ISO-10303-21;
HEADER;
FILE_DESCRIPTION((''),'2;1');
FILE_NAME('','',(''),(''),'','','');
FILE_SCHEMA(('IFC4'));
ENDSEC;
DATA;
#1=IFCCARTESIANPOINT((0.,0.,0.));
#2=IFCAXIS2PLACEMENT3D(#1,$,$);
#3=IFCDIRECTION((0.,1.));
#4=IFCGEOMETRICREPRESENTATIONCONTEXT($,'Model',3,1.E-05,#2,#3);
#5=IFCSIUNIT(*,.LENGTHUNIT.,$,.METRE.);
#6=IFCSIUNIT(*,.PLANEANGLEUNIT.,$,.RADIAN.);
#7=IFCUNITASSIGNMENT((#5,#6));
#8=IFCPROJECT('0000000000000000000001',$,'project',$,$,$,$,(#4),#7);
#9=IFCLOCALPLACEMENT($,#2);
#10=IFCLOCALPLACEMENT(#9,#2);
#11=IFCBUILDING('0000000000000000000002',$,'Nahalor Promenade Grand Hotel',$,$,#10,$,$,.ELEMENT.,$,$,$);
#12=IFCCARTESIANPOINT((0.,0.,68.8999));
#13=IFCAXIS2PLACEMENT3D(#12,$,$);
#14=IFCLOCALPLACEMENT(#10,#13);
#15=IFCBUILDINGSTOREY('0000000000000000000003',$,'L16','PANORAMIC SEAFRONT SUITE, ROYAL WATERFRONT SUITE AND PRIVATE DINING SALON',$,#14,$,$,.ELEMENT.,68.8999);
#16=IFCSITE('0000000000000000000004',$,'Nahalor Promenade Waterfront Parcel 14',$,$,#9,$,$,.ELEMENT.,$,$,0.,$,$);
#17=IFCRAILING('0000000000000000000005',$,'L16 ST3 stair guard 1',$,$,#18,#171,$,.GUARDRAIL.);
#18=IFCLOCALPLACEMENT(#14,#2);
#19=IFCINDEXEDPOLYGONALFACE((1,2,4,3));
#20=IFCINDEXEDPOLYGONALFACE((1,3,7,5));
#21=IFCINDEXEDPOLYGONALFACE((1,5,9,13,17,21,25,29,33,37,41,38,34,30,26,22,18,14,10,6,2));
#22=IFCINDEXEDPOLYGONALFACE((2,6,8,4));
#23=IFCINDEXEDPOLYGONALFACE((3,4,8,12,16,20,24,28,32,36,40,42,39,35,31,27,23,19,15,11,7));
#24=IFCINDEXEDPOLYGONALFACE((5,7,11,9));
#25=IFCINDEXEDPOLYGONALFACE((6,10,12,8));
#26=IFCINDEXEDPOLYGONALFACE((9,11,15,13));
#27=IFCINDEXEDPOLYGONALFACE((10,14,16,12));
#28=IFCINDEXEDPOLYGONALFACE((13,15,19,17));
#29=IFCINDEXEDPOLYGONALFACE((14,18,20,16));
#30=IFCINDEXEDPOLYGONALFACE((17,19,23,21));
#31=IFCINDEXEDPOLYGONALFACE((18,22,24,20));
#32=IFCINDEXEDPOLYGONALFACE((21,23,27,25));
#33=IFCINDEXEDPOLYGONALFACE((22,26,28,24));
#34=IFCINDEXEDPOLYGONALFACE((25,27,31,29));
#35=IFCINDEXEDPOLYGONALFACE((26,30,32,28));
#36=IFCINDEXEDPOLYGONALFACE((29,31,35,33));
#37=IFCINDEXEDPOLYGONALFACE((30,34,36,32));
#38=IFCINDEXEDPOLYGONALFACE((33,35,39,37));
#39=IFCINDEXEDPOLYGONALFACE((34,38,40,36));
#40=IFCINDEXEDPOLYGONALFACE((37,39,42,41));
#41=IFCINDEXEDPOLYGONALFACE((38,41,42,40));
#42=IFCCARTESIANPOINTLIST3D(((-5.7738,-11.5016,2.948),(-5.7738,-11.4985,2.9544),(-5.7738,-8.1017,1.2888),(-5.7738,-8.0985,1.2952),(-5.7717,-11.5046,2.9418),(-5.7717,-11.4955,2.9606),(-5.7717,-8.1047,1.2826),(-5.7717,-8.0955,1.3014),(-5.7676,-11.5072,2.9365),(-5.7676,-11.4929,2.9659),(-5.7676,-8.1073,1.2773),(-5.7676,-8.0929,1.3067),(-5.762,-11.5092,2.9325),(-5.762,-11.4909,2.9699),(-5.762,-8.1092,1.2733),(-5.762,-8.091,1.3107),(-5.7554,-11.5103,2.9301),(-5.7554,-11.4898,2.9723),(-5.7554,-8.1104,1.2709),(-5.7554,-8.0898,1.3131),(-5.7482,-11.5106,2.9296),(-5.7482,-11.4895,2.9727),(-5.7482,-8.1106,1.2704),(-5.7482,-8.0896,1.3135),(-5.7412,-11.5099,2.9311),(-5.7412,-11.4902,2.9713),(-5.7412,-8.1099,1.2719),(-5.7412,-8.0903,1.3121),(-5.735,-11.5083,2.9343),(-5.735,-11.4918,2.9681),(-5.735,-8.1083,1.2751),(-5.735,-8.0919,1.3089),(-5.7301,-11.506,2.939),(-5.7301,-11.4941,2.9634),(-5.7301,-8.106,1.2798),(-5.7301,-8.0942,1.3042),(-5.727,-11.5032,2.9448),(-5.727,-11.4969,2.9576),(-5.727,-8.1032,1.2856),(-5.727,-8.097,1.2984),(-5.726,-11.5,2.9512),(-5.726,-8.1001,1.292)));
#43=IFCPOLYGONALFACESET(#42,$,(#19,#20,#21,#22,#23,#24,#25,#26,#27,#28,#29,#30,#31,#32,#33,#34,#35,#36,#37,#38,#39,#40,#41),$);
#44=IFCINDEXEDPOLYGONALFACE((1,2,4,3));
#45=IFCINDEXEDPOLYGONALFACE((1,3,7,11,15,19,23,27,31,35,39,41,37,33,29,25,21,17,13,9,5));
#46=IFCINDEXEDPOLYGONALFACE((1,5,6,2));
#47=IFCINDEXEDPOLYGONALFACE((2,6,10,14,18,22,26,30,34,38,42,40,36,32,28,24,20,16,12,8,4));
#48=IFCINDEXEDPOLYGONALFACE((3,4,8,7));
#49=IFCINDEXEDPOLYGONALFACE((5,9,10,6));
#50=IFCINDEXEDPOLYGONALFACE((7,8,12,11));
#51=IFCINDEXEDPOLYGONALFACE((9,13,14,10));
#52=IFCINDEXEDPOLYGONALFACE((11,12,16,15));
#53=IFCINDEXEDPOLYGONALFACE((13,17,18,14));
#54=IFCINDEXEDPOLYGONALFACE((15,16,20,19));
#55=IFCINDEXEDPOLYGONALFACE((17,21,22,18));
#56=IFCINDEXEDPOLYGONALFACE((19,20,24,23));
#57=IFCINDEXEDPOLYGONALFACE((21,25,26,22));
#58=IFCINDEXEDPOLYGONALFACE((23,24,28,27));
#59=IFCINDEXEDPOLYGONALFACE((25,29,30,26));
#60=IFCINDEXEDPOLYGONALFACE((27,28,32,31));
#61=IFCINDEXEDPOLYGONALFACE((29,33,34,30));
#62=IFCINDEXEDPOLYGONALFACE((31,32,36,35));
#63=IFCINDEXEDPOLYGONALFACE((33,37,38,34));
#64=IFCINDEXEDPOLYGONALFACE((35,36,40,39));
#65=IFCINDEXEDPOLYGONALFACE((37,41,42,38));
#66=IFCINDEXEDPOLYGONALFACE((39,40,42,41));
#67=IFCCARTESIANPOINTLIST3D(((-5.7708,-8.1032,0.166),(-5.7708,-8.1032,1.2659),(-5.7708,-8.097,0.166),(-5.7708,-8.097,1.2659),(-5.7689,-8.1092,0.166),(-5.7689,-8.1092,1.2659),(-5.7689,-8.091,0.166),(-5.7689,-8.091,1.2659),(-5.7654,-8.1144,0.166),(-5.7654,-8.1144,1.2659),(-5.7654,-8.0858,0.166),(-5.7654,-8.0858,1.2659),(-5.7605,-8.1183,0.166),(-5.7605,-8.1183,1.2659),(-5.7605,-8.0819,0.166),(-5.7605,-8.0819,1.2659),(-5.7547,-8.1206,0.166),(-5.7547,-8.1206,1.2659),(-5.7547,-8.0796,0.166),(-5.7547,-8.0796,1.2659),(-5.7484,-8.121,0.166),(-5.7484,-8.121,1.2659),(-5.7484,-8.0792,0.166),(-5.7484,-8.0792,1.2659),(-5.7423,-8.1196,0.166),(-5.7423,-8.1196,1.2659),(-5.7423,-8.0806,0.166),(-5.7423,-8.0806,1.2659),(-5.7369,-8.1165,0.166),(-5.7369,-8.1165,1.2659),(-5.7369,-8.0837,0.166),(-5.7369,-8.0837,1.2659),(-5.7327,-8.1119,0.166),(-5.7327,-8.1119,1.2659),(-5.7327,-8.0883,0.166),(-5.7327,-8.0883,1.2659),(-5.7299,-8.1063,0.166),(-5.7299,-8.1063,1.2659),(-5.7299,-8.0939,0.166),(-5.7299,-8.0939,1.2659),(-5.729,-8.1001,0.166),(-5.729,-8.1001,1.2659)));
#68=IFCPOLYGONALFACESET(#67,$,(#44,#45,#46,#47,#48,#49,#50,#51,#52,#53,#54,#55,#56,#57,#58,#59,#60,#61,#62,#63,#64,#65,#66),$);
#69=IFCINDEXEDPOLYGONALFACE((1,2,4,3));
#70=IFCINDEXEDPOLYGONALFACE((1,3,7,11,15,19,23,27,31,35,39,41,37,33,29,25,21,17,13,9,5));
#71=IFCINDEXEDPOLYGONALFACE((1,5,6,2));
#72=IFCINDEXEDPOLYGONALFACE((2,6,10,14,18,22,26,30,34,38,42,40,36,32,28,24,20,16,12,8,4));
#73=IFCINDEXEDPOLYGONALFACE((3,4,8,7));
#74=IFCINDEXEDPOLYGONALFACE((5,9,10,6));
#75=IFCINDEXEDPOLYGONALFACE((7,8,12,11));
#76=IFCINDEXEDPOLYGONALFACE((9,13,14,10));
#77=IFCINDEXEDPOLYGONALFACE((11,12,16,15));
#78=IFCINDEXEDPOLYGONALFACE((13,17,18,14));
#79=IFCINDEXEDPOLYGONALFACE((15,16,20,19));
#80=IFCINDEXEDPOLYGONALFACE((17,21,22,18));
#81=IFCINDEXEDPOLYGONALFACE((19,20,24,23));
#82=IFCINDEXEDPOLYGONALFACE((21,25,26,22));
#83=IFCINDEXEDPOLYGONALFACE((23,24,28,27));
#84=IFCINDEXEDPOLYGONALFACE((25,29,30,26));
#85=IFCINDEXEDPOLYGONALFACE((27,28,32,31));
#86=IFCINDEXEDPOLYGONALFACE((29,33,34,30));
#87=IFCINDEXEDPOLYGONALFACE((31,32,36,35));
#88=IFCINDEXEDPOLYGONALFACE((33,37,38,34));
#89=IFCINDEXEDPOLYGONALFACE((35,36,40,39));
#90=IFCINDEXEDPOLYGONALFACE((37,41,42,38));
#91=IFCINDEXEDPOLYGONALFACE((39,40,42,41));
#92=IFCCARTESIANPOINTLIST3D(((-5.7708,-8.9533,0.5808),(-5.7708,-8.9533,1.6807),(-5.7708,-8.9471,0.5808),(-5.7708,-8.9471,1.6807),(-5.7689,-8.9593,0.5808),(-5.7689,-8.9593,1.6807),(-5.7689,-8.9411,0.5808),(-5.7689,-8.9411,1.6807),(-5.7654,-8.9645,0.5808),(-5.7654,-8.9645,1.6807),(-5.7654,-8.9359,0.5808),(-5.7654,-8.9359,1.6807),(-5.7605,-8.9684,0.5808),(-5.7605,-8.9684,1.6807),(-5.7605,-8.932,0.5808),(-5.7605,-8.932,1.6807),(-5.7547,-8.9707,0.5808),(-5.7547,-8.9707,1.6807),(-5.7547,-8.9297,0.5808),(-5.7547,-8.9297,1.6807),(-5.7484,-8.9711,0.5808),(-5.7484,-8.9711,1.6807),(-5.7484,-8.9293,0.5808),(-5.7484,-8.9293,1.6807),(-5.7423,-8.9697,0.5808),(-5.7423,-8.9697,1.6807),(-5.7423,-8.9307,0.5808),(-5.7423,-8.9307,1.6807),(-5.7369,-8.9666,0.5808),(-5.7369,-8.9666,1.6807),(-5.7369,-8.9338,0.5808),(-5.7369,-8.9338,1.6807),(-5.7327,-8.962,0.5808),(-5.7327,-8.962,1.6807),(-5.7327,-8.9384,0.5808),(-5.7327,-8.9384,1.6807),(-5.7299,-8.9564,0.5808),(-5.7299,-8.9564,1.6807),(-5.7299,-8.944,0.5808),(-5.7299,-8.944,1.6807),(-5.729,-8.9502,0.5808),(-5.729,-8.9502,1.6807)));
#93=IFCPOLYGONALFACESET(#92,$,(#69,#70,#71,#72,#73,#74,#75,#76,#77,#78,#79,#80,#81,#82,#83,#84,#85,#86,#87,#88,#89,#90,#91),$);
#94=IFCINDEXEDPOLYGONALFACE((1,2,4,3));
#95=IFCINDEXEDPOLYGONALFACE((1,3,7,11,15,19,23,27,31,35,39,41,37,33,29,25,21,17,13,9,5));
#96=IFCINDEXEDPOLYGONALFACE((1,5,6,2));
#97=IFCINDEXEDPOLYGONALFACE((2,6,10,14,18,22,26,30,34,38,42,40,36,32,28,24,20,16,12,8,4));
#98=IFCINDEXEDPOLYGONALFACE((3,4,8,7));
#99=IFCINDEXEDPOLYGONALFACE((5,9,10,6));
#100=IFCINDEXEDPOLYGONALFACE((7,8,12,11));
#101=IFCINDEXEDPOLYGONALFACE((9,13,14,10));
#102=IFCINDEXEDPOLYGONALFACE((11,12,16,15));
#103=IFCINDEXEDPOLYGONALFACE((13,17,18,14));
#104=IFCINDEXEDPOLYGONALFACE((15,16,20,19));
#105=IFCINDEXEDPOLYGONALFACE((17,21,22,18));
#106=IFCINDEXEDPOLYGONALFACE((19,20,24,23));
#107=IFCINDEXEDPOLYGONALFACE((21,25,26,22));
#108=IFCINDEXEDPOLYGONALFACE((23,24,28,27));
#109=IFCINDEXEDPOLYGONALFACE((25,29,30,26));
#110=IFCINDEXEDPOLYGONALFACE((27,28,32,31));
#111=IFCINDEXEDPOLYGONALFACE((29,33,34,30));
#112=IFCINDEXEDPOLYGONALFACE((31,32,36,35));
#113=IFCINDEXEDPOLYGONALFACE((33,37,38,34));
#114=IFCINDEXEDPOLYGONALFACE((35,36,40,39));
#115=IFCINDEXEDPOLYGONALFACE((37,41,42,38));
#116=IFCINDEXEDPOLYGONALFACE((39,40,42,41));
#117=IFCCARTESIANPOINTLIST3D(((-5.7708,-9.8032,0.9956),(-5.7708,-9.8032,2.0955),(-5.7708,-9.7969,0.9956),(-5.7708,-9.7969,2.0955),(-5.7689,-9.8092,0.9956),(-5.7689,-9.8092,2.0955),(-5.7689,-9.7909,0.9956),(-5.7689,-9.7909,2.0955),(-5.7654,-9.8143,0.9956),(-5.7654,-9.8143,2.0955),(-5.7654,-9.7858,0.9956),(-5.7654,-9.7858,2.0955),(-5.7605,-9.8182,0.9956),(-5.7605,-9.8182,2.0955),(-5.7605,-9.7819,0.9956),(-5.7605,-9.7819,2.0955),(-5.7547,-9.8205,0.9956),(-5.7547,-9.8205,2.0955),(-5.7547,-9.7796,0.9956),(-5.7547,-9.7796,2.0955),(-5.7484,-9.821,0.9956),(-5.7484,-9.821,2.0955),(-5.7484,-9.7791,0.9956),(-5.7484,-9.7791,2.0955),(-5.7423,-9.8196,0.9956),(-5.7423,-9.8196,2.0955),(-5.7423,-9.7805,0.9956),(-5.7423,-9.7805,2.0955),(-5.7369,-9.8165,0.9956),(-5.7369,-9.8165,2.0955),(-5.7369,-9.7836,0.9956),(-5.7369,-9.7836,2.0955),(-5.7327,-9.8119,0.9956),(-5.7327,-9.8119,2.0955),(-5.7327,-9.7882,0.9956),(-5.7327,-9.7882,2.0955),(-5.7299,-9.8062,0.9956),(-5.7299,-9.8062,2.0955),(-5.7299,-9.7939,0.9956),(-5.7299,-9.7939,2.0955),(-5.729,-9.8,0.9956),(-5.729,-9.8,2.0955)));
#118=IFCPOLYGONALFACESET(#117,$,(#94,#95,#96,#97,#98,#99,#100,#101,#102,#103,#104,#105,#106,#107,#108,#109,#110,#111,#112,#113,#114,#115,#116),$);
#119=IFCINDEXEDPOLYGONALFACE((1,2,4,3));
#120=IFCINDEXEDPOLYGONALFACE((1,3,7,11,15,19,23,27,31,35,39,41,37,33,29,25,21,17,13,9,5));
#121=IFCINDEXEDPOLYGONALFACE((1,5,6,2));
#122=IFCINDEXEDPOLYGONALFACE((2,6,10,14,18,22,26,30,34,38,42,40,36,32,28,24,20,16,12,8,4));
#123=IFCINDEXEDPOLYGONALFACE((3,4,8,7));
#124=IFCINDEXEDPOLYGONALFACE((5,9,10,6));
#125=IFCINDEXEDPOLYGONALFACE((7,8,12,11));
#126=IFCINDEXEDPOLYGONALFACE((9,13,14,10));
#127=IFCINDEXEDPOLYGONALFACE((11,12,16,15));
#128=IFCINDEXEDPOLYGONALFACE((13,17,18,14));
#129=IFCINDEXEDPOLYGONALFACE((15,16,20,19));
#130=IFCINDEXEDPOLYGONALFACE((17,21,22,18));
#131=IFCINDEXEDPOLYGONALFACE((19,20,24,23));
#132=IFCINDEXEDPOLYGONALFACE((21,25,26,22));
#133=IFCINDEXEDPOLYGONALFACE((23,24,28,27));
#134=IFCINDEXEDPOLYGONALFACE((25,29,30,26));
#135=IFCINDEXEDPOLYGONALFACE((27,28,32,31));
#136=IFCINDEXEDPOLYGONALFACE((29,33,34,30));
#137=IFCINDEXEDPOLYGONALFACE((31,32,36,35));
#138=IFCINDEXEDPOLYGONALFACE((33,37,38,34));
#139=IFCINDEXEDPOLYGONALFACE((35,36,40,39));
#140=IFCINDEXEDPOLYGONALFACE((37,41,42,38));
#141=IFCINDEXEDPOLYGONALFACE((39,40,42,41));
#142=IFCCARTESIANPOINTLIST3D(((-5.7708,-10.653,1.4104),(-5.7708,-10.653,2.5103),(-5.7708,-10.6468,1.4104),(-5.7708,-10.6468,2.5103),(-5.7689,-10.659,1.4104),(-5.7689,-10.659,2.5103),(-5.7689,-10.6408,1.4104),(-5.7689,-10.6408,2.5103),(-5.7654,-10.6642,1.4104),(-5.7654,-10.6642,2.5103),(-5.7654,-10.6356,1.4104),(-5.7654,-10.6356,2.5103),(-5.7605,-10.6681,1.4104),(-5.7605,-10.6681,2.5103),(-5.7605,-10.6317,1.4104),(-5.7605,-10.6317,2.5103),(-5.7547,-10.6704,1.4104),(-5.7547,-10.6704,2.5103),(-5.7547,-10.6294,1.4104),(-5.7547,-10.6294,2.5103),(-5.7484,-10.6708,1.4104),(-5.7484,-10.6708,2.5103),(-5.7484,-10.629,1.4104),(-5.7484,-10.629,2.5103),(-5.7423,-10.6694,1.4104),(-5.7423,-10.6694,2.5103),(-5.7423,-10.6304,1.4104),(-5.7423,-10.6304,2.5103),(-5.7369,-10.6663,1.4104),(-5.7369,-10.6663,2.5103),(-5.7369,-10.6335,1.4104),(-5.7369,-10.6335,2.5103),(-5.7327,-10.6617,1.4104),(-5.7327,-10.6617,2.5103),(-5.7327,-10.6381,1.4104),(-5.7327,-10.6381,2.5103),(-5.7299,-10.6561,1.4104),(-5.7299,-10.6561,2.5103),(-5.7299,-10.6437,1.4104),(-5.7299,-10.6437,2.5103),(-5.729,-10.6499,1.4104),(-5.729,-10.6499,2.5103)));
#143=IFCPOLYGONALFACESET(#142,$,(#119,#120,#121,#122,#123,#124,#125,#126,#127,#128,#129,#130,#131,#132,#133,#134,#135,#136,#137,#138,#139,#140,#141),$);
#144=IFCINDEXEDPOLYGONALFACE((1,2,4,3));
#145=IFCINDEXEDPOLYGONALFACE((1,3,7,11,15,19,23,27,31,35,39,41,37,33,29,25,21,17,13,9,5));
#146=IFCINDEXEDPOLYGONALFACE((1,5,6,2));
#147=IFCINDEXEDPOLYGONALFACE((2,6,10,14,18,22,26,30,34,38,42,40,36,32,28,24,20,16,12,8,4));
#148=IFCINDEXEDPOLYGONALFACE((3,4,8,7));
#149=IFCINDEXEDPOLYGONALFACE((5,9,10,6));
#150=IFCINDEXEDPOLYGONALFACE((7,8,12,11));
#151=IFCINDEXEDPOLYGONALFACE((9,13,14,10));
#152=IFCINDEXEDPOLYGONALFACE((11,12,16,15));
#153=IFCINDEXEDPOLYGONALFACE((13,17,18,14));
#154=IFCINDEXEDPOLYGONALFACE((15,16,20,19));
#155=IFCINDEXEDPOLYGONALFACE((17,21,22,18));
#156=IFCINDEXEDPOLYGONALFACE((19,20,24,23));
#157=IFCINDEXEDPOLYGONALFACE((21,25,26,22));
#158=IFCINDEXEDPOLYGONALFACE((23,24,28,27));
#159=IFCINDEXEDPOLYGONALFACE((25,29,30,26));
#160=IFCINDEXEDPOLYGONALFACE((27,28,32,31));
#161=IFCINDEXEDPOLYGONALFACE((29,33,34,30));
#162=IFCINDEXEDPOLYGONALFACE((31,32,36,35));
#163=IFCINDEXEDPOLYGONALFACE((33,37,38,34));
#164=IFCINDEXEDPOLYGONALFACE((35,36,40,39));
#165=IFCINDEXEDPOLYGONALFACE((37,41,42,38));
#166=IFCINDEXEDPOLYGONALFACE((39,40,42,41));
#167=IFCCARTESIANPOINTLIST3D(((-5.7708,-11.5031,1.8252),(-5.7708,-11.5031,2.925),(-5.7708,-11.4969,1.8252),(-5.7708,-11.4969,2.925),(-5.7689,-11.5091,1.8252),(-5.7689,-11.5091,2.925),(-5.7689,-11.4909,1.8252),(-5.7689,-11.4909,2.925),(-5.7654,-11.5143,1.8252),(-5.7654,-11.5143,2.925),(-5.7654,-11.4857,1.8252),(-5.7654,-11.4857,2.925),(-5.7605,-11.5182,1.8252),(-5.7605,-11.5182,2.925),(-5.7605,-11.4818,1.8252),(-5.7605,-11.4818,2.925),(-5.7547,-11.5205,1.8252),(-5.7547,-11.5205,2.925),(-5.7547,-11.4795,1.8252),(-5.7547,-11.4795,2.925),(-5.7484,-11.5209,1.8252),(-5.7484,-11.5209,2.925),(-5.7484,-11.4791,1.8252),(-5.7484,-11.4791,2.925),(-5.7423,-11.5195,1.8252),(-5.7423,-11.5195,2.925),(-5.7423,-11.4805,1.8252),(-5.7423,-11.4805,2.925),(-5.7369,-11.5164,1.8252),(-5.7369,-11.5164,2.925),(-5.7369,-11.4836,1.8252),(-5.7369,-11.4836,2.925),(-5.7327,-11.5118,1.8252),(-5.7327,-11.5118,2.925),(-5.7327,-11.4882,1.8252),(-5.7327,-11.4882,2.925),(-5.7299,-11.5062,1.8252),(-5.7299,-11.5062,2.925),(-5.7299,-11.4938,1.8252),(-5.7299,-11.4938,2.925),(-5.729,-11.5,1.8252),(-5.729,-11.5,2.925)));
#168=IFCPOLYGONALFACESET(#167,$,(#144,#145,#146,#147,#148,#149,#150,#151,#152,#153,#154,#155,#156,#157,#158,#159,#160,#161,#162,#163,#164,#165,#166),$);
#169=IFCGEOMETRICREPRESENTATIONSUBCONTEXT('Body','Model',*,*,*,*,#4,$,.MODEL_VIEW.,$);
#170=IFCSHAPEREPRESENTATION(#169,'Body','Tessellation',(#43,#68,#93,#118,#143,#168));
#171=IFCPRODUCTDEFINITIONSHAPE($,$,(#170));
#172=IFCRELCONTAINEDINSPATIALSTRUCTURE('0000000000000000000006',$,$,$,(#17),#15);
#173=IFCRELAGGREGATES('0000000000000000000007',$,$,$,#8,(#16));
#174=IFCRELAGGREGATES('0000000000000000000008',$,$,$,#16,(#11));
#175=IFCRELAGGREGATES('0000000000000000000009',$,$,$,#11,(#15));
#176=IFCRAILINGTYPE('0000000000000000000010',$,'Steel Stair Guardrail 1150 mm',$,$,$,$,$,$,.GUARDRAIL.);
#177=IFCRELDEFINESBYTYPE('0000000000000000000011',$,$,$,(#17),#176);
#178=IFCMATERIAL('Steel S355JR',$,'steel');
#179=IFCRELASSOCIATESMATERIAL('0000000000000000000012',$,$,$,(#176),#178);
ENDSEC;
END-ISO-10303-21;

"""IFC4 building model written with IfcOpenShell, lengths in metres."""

from ifc_helpers import new_model, si_unit, direction, frame, origin, origin_2d, place, context, subcontext, project, spatial, circle, extrude, material, type_object, element, save


model = new_model("IFC4")

# Units and contexts
model_context = context("Model", 3, precision=1e-05, world=origin(), true_north=direction((0.0, 1.0)))
body_context = subcontext(model_context, "Body", "Model", "MODEL_VIEW")
ifc_project = project(units=[si_unit("LENGTHUNIT", "METRE"), si_unit("PLANEANGLEUNIT", "RADIAN")], contexts=[model_context])

# Site, building, storey
site_placement = place(None, origin())
site = spatial("IfcSite", under=ifc_project, at=site_placement, Name="Nahalor Promenade Waterfront Parcel 14", CompositionType="ELEMENT", RefElevation=0.0)
building_placement = place(site_placement, origin())
building = spatial("IfcBuilding", under=site, at=building_placement, Name="Nahalor Promenade Grand Hotel", CompositionType="ELEMENT")
storey_placement = place(building_placement, frame((0.0, 0.0, 68.8999)))
storey = spatial("IfcBuildingStorey", under=building, at=storey_placement, Name="L16", Description="PANORAMIC SEAFRONT SUITE, ROYAL WATERFRONT SUITE AND PRIVATE DINING SALON", CompositionType="ELEMENT", Elevation=68.8999)

# Shared definitions
ifc_material_1 = material(Name="Steel S355JR", Category="steel")

# Railing
railing_type_1 = type_object("IfcRailingType", Name="Steel Stair Guardrail 1150 mm", PredefinedType="GUARDRAIL", material=ifc_material_1)
railing_1_placement = place(storey_placement, frame((-5.75, -8.1001, 0.166)))
element("IfcRailing", 1, at=railing_1_placement, inside=storey, type_object=railing_type_1, Name="L16 ST3 stair guard 1", PredefinedType="GUARDRAIL", context=body_context, shape_type="SweptSolid", body=[
    extrude(circle(Radius=0.024, at=origin_2d()), frame((0.0, 0.0, 1.126), z_axis=(0.0, -0.898696, 0.438571), x_axis=(1.0, 0.0, 0.0)), (0.0, 0.0, 1.0), 3.7832),
    extrude(circle(Radius=0.021, at=origin_2d()), origin(), (0.0, 0.0, 1.0), 1.0999),
    extrude(circle(Radius=0.021, at=origin_2d()), frame((0.0, -0.8501, 0.4148)), (0.0, 0.0, 1.0), 1.0999),
    extrude(circle(Radius=0.021, at=origin_2d()), frame((0.0, -1.7, 0.8296)), (0.0, 0.0, 1.0), 1.0999),
    extrude(circle(Radius=0.021, at=origin_2d()), frame((0.0, -2.5498, 1.2444)), (0.0, 0.0, 1.0), 1.0999),
    extrude(circle(Radius=0.021, at=origin_2d()), frame((0.0, -3.3999, 1.6592)), (0.0, 0.0, 1.0), 1.0999),
])

save(model, "model.ifc")
